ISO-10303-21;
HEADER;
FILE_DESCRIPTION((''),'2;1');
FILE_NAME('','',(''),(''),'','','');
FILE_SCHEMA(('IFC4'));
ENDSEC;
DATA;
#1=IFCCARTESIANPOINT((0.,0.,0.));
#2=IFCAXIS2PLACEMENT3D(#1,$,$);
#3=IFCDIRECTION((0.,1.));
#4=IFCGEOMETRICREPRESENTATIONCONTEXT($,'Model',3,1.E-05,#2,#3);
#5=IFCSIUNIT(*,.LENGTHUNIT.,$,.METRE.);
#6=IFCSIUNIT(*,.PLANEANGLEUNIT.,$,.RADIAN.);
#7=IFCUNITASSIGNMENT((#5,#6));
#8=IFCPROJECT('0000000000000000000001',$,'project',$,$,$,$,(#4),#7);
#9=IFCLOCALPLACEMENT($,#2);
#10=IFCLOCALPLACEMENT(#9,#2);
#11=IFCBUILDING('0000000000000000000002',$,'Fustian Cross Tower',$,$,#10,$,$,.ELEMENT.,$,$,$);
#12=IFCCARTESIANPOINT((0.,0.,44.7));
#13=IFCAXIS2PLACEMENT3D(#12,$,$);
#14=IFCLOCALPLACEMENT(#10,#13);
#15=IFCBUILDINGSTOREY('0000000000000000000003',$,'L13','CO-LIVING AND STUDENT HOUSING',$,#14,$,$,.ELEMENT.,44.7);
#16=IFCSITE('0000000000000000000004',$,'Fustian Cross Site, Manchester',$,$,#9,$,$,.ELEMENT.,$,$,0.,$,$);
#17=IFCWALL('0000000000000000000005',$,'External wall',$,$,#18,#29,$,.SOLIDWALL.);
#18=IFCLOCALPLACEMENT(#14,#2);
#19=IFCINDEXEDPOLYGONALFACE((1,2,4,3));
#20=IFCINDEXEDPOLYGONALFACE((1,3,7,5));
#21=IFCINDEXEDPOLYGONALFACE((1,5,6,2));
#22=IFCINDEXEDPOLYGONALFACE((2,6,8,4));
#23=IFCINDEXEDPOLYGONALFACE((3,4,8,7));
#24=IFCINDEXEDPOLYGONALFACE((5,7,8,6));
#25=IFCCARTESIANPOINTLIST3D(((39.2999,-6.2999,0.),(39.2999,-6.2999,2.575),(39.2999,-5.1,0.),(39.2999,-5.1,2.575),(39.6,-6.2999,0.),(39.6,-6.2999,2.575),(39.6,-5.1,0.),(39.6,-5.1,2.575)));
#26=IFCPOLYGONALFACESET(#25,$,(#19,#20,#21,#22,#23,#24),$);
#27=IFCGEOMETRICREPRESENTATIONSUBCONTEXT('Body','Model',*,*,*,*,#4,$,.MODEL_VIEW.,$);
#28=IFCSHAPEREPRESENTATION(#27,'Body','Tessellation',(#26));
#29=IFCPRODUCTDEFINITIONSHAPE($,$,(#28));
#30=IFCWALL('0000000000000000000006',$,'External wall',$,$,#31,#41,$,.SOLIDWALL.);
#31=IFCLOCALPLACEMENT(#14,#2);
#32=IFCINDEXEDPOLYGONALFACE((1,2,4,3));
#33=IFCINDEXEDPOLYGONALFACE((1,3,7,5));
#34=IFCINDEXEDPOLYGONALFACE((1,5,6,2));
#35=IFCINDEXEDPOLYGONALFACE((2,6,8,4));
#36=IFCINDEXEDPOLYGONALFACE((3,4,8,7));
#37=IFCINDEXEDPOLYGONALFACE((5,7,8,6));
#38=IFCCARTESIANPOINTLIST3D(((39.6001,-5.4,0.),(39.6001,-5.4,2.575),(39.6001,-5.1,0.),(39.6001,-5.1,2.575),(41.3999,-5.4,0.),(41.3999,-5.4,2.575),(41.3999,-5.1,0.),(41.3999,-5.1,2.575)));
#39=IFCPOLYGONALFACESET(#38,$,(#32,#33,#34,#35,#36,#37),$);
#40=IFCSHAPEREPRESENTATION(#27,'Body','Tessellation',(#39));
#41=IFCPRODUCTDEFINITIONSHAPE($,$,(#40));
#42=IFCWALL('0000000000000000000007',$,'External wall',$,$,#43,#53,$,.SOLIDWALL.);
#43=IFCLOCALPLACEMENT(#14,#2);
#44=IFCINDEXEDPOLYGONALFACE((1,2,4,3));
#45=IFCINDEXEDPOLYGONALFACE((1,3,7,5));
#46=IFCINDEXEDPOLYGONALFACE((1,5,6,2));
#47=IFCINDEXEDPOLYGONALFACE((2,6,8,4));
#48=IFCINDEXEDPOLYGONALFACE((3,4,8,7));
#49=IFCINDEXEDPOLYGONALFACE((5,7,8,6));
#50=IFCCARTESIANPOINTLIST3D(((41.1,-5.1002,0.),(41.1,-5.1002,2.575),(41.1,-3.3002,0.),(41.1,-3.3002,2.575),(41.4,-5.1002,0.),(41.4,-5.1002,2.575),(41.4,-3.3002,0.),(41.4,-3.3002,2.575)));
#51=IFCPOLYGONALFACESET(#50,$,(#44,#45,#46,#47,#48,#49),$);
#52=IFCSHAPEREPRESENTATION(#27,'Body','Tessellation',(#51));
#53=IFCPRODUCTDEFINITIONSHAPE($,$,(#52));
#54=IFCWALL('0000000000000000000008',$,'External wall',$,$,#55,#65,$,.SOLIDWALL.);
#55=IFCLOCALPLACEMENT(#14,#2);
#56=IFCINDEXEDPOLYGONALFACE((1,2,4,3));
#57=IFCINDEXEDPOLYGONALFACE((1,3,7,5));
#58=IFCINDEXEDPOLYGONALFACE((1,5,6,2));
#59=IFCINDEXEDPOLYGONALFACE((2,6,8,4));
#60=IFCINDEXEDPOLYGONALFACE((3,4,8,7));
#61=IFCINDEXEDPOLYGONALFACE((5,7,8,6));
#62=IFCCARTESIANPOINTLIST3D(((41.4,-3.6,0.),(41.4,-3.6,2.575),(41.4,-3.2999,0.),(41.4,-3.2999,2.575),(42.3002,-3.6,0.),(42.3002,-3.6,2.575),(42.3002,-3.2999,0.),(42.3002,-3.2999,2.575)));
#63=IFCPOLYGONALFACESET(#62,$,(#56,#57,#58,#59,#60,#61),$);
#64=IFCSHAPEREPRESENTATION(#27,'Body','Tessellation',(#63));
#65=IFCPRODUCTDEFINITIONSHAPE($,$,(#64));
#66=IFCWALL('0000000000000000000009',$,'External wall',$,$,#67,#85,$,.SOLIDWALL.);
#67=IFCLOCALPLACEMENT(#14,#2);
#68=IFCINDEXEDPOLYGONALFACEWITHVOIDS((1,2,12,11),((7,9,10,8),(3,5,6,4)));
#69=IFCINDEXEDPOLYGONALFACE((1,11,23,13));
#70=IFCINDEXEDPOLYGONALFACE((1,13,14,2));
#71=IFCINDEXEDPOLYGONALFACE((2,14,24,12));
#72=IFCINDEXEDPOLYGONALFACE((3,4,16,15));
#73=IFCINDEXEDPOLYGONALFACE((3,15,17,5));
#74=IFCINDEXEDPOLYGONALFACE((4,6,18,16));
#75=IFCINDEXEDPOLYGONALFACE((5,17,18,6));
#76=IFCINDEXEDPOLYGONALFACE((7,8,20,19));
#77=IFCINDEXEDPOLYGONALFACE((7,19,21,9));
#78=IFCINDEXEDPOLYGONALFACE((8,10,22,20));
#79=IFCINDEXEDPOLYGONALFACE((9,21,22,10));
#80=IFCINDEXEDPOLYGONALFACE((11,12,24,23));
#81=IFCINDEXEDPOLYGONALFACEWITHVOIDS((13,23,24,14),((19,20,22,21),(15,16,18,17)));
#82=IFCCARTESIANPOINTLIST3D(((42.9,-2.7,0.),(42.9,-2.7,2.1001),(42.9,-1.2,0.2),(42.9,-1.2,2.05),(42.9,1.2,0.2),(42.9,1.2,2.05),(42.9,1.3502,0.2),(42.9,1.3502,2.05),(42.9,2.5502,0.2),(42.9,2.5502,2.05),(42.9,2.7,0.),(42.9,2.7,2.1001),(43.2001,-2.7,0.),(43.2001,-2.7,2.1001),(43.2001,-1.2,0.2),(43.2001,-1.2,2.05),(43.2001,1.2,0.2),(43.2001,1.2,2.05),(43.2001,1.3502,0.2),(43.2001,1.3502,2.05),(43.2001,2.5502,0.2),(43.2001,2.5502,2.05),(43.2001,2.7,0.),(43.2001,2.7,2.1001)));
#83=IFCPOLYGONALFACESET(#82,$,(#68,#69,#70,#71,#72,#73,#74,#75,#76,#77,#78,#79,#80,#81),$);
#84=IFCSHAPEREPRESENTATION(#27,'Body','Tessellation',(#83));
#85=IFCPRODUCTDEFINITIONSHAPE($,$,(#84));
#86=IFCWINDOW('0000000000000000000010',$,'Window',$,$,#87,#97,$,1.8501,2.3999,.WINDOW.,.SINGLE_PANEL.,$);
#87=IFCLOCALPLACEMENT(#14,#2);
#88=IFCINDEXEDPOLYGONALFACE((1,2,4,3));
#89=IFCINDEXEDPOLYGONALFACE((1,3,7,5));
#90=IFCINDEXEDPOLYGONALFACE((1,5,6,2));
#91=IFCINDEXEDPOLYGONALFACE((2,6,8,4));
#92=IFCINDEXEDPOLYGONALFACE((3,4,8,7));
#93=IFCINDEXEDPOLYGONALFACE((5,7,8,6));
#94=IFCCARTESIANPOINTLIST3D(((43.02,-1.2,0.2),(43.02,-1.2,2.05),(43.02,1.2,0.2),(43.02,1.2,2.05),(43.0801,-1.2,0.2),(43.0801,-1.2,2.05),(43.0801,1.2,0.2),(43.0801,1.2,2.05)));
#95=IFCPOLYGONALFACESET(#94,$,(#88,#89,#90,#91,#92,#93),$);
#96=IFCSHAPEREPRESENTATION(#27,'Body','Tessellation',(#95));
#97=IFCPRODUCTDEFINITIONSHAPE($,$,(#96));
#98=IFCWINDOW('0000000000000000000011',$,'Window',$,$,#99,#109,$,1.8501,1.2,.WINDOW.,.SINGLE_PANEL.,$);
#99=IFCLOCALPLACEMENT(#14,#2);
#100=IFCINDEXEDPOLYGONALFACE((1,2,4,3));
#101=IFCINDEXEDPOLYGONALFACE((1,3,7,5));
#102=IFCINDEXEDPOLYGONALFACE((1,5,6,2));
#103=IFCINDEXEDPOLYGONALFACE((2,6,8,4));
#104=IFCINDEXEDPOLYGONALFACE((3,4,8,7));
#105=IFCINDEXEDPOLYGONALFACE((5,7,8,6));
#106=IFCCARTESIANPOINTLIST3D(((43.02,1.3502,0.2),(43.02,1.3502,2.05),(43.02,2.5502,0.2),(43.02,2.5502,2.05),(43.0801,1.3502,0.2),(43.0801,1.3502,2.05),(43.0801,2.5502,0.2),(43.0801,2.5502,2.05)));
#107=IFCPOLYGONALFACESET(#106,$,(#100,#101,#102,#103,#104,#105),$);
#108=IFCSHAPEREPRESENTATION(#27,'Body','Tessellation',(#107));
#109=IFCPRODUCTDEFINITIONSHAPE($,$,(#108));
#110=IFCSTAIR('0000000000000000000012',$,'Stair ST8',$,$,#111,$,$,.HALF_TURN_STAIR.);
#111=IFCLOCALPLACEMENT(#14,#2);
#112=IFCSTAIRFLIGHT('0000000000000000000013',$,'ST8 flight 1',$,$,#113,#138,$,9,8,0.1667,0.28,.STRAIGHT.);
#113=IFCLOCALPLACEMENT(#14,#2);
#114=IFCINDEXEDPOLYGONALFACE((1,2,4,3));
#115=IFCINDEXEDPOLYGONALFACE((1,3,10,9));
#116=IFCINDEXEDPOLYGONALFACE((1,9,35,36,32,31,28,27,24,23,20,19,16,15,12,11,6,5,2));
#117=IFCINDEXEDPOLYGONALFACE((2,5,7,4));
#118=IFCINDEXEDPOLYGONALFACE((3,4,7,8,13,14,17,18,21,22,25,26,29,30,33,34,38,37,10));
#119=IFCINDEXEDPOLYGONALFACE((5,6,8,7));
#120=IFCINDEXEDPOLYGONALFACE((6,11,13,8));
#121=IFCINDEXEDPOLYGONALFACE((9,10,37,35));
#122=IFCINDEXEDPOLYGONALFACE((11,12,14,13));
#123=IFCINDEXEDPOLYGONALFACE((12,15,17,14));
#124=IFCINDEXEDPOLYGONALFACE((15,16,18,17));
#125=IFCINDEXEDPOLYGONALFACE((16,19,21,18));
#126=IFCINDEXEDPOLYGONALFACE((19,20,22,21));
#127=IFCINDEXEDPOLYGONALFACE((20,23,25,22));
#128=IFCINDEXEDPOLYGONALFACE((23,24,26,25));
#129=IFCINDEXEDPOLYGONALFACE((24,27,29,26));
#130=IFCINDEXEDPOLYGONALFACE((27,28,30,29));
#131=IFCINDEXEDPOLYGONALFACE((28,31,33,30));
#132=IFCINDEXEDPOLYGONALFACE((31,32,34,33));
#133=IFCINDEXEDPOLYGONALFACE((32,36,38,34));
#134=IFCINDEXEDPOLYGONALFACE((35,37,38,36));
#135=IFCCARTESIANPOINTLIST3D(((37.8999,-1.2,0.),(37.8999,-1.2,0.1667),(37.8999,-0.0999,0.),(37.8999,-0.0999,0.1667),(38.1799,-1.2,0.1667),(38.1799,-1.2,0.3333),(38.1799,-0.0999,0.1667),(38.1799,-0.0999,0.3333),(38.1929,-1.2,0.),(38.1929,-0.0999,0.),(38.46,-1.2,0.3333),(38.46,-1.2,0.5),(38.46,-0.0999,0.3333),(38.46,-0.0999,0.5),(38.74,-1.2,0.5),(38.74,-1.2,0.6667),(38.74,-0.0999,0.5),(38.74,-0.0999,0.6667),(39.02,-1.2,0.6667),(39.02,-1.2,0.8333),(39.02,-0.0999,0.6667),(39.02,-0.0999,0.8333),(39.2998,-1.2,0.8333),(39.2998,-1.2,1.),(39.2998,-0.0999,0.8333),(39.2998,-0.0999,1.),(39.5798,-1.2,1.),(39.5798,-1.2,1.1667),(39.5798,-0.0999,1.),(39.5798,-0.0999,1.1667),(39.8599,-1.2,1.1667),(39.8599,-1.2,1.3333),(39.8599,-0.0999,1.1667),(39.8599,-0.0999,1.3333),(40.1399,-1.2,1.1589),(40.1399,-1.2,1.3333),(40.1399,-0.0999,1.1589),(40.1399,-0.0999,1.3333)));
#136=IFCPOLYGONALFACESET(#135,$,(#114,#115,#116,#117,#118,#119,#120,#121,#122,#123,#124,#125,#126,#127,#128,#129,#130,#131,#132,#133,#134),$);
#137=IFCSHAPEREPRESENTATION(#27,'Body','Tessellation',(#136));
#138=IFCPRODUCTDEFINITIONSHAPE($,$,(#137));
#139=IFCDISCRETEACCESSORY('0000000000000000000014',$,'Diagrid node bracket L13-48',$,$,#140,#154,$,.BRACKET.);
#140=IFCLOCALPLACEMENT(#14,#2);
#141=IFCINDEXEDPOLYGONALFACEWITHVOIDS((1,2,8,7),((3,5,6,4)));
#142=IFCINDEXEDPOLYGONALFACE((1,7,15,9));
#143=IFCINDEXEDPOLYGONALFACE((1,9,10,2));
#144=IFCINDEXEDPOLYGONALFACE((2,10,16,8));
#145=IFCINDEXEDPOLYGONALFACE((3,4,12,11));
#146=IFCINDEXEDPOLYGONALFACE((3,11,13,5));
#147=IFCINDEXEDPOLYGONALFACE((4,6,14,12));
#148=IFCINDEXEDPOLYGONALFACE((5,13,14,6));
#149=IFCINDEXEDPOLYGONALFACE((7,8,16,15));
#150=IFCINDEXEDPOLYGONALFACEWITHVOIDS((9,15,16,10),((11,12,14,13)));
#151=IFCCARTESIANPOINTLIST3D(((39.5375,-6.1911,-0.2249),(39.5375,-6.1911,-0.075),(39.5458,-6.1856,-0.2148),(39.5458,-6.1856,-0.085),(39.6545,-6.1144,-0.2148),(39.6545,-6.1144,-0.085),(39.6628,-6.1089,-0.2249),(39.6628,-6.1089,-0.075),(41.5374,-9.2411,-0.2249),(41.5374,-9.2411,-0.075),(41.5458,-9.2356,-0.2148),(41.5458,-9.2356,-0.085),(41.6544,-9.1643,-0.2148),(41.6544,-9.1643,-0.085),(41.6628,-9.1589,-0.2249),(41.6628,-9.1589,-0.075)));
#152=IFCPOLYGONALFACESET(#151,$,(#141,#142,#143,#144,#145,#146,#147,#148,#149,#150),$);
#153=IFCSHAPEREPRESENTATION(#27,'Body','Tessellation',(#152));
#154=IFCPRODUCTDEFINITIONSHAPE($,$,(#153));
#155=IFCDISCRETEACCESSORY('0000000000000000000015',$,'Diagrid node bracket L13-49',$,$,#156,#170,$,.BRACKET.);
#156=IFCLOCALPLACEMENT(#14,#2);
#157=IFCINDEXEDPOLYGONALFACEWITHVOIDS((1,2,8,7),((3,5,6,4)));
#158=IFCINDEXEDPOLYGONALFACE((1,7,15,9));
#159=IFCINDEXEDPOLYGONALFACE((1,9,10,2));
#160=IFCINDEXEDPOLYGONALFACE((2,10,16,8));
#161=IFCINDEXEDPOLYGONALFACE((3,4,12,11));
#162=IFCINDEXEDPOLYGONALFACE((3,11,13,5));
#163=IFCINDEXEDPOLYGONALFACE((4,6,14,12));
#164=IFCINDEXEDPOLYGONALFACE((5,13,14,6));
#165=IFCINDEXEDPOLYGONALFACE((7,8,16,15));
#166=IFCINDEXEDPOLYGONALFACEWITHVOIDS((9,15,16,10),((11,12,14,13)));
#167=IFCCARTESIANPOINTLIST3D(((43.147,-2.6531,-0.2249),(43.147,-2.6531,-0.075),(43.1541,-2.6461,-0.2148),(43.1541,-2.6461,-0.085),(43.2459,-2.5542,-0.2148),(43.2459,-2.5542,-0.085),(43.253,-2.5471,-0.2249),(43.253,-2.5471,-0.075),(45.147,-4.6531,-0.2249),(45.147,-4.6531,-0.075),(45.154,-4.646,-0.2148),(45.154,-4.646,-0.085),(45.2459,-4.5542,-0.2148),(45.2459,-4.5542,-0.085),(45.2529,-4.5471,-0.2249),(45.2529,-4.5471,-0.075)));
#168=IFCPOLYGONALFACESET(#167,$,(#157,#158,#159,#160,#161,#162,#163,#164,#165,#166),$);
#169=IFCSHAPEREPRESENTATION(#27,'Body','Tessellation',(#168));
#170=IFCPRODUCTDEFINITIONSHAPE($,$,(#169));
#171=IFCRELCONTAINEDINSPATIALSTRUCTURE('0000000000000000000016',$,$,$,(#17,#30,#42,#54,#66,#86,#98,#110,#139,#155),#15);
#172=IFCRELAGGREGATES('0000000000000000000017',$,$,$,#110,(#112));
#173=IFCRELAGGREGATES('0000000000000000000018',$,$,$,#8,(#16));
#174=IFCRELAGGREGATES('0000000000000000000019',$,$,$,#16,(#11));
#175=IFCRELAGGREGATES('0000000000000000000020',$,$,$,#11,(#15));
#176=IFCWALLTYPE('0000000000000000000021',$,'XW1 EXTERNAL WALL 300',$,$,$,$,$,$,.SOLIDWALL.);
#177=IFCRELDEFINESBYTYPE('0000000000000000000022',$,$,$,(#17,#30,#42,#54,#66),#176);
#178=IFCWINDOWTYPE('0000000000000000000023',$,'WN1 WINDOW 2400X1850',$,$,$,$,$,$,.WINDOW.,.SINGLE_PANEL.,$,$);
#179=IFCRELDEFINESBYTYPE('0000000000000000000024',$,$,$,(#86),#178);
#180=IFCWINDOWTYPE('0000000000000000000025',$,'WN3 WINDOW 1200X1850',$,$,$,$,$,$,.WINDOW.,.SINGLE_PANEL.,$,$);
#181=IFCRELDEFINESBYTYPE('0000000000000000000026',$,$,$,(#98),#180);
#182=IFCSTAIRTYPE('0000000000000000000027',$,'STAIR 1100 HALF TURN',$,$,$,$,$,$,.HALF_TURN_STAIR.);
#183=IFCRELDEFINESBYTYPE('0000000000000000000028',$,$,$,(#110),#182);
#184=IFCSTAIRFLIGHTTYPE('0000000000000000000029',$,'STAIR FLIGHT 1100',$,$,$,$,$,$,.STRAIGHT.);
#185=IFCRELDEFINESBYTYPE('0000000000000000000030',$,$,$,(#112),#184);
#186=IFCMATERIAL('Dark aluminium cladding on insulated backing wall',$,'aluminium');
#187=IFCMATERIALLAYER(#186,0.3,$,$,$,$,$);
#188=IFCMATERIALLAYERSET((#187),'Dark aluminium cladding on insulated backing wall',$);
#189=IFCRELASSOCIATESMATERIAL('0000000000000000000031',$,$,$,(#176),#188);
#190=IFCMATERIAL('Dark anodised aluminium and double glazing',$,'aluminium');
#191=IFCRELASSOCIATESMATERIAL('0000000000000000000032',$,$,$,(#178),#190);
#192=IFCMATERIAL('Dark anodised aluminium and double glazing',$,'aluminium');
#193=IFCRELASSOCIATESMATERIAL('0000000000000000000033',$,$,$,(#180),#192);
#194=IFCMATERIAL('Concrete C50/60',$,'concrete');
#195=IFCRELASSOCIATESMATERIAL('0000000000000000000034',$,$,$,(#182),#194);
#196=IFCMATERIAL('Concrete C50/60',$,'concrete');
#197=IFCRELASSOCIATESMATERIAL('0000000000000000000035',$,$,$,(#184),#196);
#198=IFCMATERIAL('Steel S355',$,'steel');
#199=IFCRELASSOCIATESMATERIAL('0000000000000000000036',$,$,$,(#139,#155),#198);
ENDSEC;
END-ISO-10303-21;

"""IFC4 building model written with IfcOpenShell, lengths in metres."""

from ifc_helpers import new_model, si_unit, direction, frame, frame_2d, origin, origin_2d, place, context, subcontext, project, spatial, polyline, rectangle, hollow_rectangle, outline, extrude, material, layer, layer_set, type_object, element, fill, aggregate, save


model = new_model("IFC4")

# Units and contexts
model_context = context("Model", 3, precision=1e-05, world=origin(), true_north=direction((0.0, 1.0)))
body_context = subcontext(model_context, "Body", "Model", "MODEL_VIEW")
ifc_project = project(units=[si_unit("LENGTHUNIT", "METRE"), si_unit("PLANEANGLEUNIT", "RADIAN")], contexts=[model_context])

# Site, building, storey
site_placement = place(None, origin())
site = spatial("IfcSite", under=ifc_project, at=site_placement, Name="Fustian Cross Site, Manchester", CompositionType="ELEMENT", RefElevation=0.0)
building_placement = place(site_placement, origin())
building = spatial("IfcBuilding", under=site, at=building_placement, Name="Fustian Cross Tower", CompositionType="ELEMENT")
storey_placement = place(building_placement, frame((0.0, 0.0, 44.7)))
storey = spatial("IfcBuildingStorey", under=building, at=storey_placement, Name="L13", Description="CO-LIVING AND STUDENT HOUSING", CompositionType="ELEMENT", Elevation=44.7)

# Walls
ifc_material_1 = material(Name="Dark aluminium cladding on insulated backing wall", Category="aluminium")
ifc_layer_1 = layer(ifc_material_1, 0.3)
ifc_layer_set_1 = layer_set([ifc_layer_1], Name="Dark aluminium cladding on insulated backing wall")
wall_type_1 = type_object("IfcWallType", Name="XW1 EXTERNAL WALL 300", PredefinedType="SOLIDWALL", material=ifc_layer_set_1)
wall_1_placement = place(storey_placement, frame((39.45, -6.3, 0.0), z_axis=(0.0, 0.0, 1.0), x_axis=(0.0, 1.0, 0.0)))
element("IfcWall", 1, at=wall_1_placement, inside=storey, type_object=wall_type_1, Name="External wall", PredefinedType="SOLIDWALL", context=body_context, shape_type="SweptSolid", body=[
    extrude(rectangle(XDim=1.2, YDim=0.3, at=frame_2d((0.6001, 0.0))), origin(), (0.0, 0.0, 1.0), 2.575),
])
wall_2_placement = place(storey_placement, frame((39.6001, -5.25, 0.0), z_axis=(0.0, 0.0, 1.0), x_axis=(1.0, 0.0, 0.0)))
element("IfcWall", 2, at=wall_2_placement, inside=storey, type_object=wall_type_1, Name="External wall", PredefinedType="SOLIDWALL", context=body_context, shape_type="SweptSolid", body=[
    extrude(rectangle(XDim=1.7998, YDim=0.3, at=frame_2d((0.8999, 0.0))), origin(), (0.0, 0.0, 1.0), 2.575),
])
wall_3_placement = place(storey_placement, frame((41.25, -5.1001, 0.0), z_axis=(0.0, 0.0, 1.0), x_axis=(0.0, 1.0, 0.0)))
element("IfcWall", 3, at=wall_3_placement, inside=storey, type_object=wall_type_1, Name="External wall", PredefinedType="SOLIDWALL", context=body_context, shape_type="SweptSolid", body=[
    extrude(rectangle(XDim=1.8, YDim=0.3, at=frame_2d((0.8999, 0.0))), origin(), (0.0, 0.0, 1.0), 2.575),
])
wall_4_placement = place(storey_placement, frame((41.3999, -3.45, 0.0), z_axis=(0.0, 0.0, 1.0), x_axis=(1.0, 0.0, 0.0)))
element("IfcWall", 4, at=wall_4_placement, inside=storey, type_object=wall_type_1, Name="External wall", PredefinedType="SOLIDWALL", context=body_context, shape_type="SweptSolid", body=[
    extrude(rectangle(XDim=0.9001, YDim=0.3, at=frame_2d((0.4502, 0.0))), origin(), (0.0, 0.0, 1.0), 2.575),
])

# Wall, openings, windows
wall_5_placement = place(storey_placement, frame((43.05, -2.7, 0.0), z_axis=(0.0, 0.0, 1.0), x_axis=(0.0, 1.0, 0.0)))
wall_5 = element("IfcWall", 5, at=wall_5_placement, inside=storey, type_object=wall_type_1, Name="External wall", PredefinedType="SOLIDWALL", context=body_context, shape_type="SweptSolid", body=[
    extrude(rectangle(XDim=5.3999, YDim=0.3, at=frame_2d((2.7, 0.0))), origin(), (0.0, 0.0, 1.0), 2.1001),
])
opening_1_placement = place(wall_5_placement, frame((1.5, 0.0, 0.2)))
opening_1 = element("IfcOpeningElement", 6, at=opening_1_placement, cuts=wall_5, PredefinedType="OPENING", context=body_context, shape_type="SweptSolid", body=[
    extrude(rectangle(XDim=2.3999, YDim=1.8501, at=frame_2d((1.2, 0.925))), frame((0.0, 0.1599, 0.0), z_axis=(0.0, -1.0, 0.0), x_axis=(1.0, 0.0, 0.0)), (0.0, 0.0, 1.0), 0.3201),
])
opening_2_placement = place(wall_5_placement, frame((4.05, 0.0, 0.2)))
opening_2 = element("IfcOpeningElement", 7, at=opening_2_placement, cuts=wall_5, PredefinedType="OPENING", context=body_context, shape_type="SweptSolid", body=[
    extrude(rectangle(XDim=1.2, YDim=1.8501, at=frame_2d((0.6001, 0.925))), frame((0.0, 0.1599, 0.0), z_axis=(0.0, -1.0, 0.0), x_axis=(1.0, 0.0, 0.0)), (0.0, 0.0, 1.0), 0.3201),
])
ifc_material_2 = material(Name="Dark anodised aluminium and double glazing", Category="aluminium")
window_type_1 = type_object("IfcWindowType", Name="WN1 WINDOW 2400X1850", PartitioningType="SINGLE_PANEL", PredefinedType="WINDOW", material=ifc_material_2)
window_1_placement = place(opening_1_placement, origin())
window_1 = element("IfcWindow", 8, at=window_1_placement, inside=storey, type_object=window_type_1, Name="Window", OverallHeight=1.8501, OverallWidth=2.3999, PartitioningType="SINGLE_PANEL", PredefinedType="WINDOW", context=body_context, shape_type="SweptSolid", body=[
    extrude(rectangle(XDim=2.3999, YDim=1.8501, at=frame_2d((1.2, 0.925))), frame((0.0, 0.03, 0.0), z_axis=(0.0, -1.0, 0.0), x_axis=(1.0, 0.0, 0.0)), (0.0, 0.0, 1.0), 0.0601),
])
fill(opening_1, window_1)
ifc_material_3 = material(Name="Dark anodised aluminium and double glazing", Category="aluminium")
window_type_2 = type_object("IfcWindowType", Name="WN3 WINDOW 1200X1850", PartitioningType="SINGLE_PANEL", PredefinedType="WINDOW", material=ifc_material_3)
window_2_placement = place(opening_2_placement, origin())
window_2 = element("IfcWindow", 9, at=window_2_placement, inside=storey, type_object=window_type_2, Name="Window", OverallHeight=1.8501, OverallWidth=1.2, PartitioningType="SINGLE_PANEL", PredefinedType="WINDOW", context=body_context, shape_type="SweptSolid", body=[
    extrude(rectangle(XDim=1.2, YDim=1.8501, at=frame_2d((0.6001, 0.925))), frame((0.0, 0.03, 0.0), z_axis=(0.0, -1.0, 0.0), x_axis=(1.0, 0.0, 0.0)), (0.0, 0.0, 1.0), 0.0601),
])
fill(opening_2, window_2)

# Stair, stair flight
ifc_material_4 = material(Name="Concrete C50/60", Category="concrete")
stair_type = type_object("IfcStairType", Name="STAIR 1100 HALF TURN", PredefinedType="HALF_TURN_STAIR", material=ifc_material_4)
stair_placement = place(storey_placement, origin())
stair = element("IfcStair", 10, at=stair_placement, inside=storey, type_object=stair_type, Name="Stair ST8", PredefinedType="HALF_TURN_STAIR")
ifc_material_5 = material(Name="Concrete C50/60", Category="concrete")
stair_flight_type = type_object("IfcStairFlightType", Name="STAIR FLIGHT 1100", PredefinedType="STRAIGHT", material=ifc_material_5)
stair_flight_placement = place(storey_placement, frame((37.8999, -0.6499, 0.0), z_axis=(0.0, 0.0, 1.0), x_axis=(1.0, 0.0, 0.0)))
stair_flight = element("IfcStairFlight", 11, at=stair_flight_placement, type_object=stair_flight_type, Name="ST8 flight 1", NumberOfRisers=9, NumberOfTreads=8, PredefinedType="STRAIGHT", RiserHeight=0.1667, TreadLength=0.28, context=body_context, shape_type="SweptSolid", body=[
    extrude(outline(polyline([(0.0, 0.0), (0.0, 0.1667), (0.28, 0.1667), (0.28, 0.3333), (0.5601, 0.3333), (0.5601, 0.5), (0.8401, 0.5), (0.8401, 0.6667), (1.1201, 0.6667), (1.1201, 0.8333), (1.3999, 0.8333), (1.3999, 1.0), (1.6799, 1.0), (1.6799, 1.1667), (1.96, 1.1667), (1.96, 1.3333), (2.24, 1.3333), (2.24, 1.5), (2.24, 1.1589), (0.293, 0.0), (0.0, 0.0)])), frame((0.0, 0.55, 0.0), z_axis=(0.0, -1.0, 0.0), x_axis=(1.0, 0.0, 0.0)), (0.0, 0.0, 1.0), 1.1001),
])
aggregate(stair, [stair_flight])

# Discrete accessories
ifc_material_6 = material(Name="Steel S355", Category="steel")
discrete_accessory_1_placement = place(storey_placement, frame((41.6001, -9.2, -0.1499), z_axis=(-0.548351, 0.836248, 0.0), x_axis=(-0.836248, -0.548351, 0.0)))
element("IfcDiscreteAccessory", 12, at=discrete_accessory_1_placement, inside=storey, material=ifc_material_6, Name="Diagrid node bracket L13-48", PredefinedType="BRACKET", context=body_context, shape_type="SweptSolid", body=[
    extrude(hollow_rectangle(XDim=0.1499, YDim=0.1499, WallThickness=0.01, at=origin_2d()), origin(), (0.0, 0.0, 1.0), 3.6472),
])
discrete_accessory_2_placement = place(storey_placement, frame((45.2, -4.6001, -0.1499), z_axis=(-0.707107, 0.707107, 0.0), x_axis=(-0.707107, -0.707107, 0.0)))
element("IfcDiscreteAccessory", 13, at=discrete_accessory_2_placement, inside=storey, material=ifc_material_6, Name="Diagrid node bracket L13-49", PredefinedType="BRACKET", context=body_context, shape_type="SweptSolid", body=[
    extrude(hollow_rectangle(XDim=0.1499, YDim=0.1499, WallThickness=0.01, at=origin_2d()), origin(), (0.0, 0.0, 1.0), 2.8284),
])

save(model, "model.ifc")
